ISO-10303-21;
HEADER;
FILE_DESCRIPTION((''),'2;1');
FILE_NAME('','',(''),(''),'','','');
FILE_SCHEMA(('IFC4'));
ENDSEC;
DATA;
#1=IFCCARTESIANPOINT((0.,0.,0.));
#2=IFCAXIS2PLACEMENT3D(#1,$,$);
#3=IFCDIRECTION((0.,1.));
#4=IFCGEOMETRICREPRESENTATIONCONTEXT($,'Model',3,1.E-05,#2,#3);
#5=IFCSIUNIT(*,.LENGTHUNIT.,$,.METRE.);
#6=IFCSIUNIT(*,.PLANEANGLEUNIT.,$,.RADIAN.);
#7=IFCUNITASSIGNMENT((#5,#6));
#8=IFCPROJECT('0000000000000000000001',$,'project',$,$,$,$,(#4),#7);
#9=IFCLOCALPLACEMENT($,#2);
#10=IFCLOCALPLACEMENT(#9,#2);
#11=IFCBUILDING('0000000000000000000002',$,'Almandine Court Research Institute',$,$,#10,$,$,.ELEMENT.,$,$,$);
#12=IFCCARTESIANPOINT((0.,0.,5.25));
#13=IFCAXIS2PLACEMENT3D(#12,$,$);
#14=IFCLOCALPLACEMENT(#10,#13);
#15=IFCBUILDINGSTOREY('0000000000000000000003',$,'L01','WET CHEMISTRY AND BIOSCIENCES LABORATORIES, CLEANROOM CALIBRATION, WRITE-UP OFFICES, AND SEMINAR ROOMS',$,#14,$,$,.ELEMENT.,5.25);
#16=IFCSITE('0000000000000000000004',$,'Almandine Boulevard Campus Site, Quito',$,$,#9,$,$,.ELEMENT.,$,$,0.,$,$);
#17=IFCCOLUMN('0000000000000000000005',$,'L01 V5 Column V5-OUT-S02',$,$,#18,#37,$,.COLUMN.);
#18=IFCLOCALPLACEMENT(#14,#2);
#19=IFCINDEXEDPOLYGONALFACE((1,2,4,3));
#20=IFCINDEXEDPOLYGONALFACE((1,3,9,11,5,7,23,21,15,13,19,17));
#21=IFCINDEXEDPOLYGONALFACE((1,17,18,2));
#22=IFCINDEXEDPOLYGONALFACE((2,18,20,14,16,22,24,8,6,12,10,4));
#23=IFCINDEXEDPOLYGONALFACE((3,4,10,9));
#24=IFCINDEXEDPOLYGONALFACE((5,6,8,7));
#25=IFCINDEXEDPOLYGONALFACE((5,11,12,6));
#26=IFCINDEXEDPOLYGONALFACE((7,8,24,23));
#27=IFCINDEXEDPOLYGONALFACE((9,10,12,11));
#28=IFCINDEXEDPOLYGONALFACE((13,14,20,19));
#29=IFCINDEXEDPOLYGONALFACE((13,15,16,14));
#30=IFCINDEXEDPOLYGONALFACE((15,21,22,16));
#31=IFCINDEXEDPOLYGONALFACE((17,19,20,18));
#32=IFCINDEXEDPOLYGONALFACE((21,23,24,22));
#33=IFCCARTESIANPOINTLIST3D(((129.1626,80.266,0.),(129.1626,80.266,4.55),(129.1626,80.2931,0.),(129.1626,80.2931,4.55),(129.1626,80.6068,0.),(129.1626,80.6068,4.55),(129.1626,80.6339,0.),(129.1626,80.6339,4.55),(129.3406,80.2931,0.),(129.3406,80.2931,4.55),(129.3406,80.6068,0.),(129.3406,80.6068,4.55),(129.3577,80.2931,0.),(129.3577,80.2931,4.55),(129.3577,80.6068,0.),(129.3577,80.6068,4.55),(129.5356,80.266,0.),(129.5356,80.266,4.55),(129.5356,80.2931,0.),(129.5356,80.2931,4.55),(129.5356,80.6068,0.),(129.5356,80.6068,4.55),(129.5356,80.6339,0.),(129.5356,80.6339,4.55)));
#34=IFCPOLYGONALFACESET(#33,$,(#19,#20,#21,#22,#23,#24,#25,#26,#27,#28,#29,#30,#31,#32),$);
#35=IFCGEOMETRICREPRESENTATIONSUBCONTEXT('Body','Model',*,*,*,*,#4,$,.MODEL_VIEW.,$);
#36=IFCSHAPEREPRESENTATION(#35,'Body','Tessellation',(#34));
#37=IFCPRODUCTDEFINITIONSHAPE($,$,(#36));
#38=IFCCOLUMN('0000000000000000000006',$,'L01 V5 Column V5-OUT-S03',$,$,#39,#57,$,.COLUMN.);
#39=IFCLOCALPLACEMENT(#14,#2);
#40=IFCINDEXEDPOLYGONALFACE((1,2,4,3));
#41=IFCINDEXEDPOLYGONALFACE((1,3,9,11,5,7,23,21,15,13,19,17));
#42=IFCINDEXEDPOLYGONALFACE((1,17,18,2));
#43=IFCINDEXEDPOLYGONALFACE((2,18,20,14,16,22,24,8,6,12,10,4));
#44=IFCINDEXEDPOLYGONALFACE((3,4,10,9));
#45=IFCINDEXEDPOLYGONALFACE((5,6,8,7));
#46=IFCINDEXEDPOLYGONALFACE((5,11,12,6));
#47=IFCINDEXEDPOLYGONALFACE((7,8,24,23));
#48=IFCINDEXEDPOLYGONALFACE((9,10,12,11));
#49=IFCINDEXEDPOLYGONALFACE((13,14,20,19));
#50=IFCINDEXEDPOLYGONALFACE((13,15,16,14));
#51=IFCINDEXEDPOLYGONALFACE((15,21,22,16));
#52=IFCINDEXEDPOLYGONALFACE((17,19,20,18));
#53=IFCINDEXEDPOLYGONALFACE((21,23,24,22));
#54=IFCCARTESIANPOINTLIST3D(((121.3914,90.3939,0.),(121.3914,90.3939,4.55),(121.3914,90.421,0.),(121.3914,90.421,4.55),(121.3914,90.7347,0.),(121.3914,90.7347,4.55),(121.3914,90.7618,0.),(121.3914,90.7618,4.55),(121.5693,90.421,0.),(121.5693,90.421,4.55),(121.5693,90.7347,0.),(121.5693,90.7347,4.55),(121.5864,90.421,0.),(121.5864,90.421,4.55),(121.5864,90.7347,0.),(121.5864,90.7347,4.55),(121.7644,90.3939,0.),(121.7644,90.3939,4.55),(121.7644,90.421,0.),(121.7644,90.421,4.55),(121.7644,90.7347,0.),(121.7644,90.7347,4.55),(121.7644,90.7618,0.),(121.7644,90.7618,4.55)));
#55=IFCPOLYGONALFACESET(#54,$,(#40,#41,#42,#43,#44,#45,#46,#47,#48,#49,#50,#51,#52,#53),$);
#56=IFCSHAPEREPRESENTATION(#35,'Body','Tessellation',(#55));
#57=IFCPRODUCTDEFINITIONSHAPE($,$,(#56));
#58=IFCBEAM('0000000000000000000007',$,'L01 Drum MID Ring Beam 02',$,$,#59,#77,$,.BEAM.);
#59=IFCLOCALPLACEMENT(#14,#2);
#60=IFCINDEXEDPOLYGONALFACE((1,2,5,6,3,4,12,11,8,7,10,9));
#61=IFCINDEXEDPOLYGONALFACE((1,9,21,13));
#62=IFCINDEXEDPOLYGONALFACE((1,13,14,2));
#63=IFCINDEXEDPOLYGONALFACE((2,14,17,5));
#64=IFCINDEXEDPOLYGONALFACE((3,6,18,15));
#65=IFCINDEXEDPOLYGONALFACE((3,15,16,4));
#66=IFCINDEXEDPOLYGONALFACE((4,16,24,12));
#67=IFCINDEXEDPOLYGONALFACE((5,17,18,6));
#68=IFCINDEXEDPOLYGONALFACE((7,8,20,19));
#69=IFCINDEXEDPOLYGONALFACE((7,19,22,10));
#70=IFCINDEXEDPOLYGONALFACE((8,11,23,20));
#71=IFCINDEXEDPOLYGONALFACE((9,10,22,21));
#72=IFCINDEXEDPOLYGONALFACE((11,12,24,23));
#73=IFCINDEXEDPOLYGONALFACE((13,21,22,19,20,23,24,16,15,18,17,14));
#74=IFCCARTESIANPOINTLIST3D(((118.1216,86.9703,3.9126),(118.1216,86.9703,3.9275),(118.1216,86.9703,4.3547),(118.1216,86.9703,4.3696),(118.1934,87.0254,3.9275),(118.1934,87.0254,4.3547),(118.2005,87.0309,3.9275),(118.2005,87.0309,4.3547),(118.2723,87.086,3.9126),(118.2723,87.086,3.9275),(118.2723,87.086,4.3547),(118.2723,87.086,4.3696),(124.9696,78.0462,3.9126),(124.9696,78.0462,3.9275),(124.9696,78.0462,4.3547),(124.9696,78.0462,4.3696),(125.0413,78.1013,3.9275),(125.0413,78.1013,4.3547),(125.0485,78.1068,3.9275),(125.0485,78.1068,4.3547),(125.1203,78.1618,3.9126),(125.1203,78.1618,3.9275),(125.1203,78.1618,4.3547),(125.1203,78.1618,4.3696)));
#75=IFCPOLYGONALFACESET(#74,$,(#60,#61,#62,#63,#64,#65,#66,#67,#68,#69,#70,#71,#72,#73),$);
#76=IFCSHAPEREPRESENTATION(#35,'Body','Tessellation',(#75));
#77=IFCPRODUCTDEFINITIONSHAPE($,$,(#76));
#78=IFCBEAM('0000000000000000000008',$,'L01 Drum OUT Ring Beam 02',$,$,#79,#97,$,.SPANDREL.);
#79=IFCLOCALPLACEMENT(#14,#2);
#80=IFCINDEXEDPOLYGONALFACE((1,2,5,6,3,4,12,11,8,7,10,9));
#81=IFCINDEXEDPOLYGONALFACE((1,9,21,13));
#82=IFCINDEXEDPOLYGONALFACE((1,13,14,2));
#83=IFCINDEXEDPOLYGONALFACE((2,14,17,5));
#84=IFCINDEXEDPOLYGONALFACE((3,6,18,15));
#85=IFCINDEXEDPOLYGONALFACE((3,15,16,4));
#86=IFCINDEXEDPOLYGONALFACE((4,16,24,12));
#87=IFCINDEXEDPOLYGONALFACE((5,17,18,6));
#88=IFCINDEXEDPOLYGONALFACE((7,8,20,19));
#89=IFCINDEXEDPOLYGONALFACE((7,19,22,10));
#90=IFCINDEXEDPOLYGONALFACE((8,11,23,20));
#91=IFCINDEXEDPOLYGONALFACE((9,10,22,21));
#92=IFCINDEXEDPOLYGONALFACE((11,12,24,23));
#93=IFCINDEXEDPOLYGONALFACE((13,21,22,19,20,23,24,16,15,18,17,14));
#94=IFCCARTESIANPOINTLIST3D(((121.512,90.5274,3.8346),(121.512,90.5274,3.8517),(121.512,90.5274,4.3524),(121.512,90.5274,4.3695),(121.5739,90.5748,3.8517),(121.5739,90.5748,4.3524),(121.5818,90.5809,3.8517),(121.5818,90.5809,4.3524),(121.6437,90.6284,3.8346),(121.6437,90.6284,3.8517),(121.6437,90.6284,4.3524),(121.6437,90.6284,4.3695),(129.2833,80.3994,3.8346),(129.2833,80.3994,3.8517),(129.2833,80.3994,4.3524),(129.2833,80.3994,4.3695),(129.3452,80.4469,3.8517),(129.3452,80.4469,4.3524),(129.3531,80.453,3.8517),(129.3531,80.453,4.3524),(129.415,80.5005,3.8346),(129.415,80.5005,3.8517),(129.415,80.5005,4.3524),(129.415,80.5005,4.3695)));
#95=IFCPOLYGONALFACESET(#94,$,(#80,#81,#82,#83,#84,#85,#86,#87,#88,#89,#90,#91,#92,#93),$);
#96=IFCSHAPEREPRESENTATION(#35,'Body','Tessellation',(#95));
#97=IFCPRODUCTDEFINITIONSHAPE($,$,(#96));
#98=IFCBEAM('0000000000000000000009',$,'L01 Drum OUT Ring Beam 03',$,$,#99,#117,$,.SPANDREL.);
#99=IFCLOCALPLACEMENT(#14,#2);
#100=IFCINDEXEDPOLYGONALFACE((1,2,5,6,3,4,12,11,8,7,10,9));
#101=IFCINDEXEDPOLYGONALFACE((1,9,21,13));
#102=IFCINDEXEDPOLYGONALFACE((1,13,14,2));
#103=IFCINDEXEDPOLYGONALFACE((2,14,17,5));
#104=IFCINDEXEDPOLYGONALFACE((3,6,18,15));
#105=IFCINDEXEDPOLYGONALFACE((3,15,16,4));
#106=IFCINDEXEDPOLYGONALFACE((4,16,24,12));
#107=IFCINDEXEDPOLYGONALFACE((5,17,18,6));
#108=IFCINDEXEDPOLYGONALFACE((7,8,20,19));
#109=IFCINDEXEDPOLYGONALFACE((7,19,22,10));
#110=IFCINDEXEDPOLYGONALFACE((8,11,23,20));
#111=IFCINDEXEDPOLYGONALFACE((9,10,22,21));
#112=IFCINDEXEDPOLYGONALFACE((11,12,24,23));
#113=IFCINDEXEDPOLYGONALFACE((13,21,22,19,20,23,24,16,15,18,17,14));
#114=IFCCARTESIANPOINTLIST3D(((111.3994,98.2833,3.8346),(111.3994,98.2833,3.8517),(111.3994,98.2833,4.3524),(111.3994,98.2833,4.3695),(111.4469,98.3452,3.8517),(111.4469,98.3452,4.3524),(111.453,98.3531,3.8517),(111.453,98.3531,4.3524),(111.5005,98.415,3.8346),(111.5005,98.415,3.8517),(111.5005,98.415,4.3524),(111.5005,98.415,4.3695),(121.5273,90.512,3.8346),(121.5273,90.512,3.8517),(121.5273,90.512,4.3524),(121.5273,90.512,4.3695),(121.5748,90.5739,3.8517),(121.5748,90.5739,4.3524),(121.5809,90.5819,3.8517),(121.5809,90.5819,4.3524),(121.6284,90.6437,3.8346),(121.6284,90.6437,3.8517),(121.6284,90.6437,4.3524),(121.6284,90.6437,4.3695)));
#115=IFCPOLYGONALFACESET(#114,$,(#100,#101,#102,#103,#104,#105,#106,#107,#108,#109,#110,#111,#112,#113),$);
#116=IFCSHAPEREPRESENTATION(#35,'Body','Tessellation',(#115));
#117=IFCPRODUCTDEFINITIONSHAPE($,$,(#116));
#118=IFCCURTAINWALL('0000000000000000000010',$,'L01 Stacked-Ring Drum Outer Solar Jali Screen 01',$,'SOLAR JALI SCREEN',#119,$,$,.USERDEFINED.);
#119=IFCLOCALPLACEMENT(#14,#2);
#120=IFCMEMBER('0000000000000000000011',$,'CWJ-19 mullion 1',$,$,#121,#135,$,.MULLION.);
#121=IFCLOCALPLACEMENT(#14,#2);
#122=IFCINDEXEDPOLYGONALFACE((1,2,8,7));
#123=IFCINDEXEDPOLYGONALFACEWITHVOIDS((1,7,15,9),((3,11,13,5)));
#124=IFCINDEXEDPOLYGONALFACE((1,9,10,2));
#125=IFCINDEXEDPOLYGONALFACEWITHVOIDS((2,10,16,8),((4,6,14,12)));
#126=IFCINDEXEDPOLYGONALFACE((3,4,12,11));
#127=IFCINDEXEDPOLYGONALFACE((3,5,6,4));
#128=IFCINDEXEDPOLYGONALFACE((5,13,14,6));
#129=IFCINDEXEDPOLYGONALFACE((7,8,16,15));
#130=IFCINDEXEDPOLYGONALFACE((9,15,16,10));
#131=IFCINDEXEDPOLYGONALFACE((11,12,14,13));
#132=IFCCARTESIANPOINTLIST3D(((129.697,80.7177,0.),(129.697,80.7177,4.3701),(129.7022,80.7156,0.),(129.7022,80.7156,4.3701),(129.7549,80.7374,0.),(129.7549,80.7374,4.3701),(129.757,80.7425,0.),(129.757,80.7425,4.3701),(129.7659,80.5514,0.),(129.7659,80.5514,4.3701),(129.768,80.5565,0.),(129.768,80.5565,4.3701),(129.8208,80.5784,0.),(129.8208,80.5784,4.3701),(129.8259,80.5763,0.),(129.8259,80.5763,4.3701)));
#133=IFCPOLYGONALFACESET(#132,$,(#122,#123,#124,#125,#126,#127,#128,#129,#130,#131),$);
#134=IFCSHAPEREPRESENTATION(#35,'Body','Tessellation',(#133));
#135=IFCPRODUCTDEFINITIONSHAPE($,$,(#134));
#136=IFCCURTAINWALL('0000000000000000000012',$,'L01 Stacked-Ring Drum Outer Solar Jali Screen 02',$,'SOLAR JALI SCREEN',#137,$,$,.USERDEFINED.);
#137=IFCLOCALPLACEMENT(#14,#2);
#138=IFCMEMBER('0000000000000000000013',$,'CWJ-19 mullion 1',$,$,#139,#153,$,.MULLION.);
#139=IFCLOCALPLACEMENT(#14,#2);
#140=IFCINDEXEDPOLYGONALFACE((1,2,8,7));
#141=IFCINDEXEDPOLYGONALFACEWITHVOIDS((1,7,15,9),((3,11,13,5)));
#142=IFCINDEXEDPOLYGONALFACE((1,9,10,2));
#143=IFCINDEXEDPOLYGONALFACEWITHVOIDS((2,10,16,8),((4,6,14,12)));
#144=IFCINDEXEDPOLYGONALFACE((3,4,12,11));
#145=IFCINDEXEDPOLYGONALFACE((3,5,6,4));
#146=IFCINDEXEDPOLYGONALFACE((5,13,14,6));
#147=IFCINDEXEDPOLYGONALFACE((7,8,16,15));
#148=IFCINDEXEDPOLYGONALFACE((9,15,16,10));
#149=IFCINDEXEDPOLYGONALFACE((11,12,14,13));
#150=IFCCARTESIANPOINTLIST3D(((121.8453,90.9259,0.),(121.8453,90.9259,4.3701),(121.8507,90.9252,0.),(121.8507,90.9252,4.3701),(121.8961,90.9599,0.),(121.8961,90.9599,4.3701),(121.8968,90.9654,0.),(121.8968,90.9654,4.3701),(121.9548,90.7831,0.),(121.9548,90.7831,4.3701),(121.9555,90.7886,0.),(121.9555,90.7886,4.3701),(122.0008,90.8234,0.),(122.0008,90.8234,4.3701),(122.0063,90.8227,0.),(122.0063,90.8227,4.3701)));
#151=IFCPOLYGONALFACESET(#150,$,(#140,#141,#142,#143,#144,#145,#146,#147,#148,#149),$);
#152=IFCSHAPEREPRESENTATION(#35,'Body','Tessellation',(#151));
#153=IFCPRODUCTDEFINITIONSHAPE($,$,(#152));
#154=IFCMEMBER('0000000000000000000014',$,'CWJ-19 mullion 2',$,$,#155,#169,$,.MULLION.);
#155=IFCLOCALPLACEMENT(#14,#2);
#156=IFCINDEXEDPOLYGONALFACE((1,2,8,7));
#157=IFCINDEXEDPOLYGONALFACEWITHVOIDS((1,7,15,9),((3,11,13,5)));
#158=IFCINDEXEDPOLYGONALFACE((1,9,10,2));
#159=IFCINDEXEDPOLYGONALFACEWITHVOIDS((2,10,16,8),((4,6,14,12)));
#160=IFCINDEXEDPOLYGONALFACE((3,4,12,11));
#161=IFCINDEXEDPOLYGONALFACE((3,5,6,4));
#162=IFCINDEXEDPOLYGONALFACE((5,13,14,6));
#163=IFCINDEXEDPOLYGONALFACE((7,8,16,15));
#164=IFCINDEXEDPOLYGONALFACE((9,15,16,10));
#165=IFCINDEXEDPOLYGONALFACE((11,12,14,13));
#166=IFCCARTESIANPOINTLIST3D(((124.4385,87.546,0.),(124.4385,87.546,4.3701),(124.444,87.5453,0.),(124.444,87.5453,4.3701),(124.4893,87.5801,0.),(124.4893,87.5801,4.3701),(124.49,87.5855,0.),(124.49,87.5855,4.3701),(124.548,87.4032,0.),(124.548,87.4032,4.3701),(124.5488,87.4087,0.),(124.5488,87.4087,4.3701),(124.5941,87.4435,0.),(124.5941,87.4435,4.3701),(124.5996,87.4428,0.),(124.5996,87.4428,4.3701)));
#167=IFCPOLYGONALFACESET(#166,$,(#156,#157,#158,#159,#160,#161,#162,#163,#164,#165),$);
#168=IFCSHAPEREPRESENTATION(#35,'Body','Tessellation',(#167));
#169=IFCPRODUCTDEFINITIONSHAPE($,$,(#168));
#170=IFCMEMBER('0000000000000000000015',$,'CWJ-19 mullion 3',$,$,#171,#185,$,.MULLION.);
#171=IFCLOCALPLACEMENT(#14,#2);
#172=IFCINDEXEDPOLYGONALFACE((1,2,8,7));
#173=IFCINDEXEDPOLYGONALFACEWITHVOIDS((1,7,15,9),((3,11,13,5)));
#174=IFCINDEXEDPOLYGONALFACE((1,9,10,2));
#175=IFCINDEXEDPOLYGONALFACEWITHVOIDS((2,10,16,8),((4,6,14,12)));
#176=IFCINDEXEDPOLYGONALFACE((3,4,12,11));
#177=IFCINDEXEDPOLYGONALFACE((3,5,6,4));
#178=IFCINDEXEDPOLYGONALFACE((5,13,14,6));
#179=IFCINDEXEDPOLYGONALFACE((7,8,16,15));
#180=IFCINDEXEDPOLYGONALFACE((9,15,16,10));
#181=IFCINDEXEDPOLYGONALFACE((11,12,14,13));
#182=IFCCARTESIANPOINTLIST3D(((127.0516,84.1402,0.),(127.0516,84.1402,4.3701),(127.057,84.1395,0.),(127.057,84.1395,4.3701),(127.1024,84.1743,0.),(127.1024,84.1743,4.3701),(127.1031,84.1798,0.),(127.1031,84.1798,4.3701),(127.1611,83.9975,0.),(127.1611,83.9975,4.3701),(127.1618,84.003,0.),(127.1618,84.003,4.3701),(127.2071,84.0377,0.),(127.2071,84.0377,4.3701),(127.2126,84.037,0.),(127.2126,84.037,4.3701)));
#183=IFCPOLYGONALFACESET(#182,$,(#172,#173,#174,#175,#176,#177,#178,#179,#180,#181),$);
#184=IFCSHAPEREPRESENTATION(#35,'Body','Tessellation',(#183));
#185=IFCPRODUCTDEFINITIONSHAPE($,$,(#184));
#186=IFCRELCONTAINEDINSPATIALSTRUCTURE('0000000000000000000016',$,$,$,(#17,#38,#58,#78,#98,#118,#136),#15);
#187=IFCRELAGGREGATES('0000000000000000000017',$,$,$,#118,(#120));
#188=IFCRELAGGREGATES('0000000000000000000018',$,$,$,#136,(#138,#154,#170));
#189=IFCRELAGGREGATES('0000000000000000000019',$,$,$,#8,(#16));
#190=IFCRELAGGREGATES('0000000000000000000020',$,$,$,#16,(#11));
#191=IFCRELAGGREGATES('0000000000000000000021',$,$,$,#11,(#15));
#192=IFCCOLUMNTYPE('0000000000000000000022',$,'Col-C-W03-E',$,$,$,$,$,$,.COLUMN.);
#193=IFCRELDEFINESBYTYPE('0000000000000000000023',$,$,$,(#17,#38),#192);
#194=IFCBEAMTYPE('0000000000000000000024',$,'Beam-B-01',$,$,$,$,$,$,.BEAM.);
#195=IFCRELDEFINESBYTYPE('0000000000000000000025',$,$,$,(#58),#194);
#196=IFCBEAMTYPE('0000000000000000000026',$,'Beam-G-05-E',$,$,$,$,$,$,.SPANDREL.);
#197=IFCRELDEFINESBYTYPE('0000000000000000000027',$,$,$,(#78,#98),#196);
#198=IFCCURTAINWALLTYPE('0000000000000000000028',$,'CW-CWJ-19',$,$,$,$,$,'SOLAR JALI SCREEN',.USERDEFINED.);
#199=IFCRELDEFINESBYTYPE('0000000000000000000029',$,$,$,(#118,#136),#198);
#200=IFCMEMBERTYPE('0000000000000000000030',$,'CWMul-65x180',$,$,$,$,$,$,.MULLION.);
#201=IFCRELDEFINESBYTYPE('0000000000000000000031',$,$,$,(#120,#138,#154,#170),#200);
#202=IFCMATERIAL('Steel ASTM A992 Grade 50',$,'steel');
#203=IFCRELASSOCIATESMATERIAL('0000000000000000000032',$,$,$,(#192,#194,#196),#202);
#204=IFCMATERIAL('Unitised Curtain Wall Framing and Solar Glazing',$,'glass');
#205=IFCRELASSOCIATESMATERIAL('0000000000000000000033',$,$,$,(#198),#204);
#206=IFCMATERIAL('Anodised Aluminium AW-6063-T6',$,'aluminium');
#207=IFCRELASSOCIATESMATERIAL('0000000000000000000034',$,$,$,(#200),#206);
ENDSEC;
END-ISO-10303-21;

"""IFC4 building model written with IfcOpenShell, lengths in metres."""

from ifc_helpers import new_model, si_unit, direction, frame, origin, origin_2d, place, context, subcontext, project, spatial, hollow_rectangle, i_section, extrude, material, material_profile, profile_set, type_object, element, aggregate, save


model = new_model("IFC4")

# Units and contexts
model_context = context("Model", 3, precision=1e-05, world=origin(), true_north=direction((0.0, 1.0)))
body_context = subcontext(model_context, "Body", "Model", "MODEL_VIEW")
ifc_project = project(units=[si_unit("LENGTHUNIT", "METRE"), si_unit("PLANEANGLEUNIT", "RADIAN")], contexts=[model_context])

# Site, building, storey
site_placement = place(None, origin())
site = spatial("IfcSite", under=ifc_project, at=site_placement, Name="Almandine Boulevard Campus Site, Quito", CompositionType="ELEMENT", RefElevation=0.0)
building_placement = place(site_placement, origin())
building = spatial("IfcBuilding", under=site, at=building_placement, Name="Almandine Court Research Institute", CompositionType="ELEMENT")
storey_placement = place(building_placement, frame((0.0, 0.0, 5.25)))
storey = spatial("IfcBuildingStorey", under=building, at=storey_placement, Name="L01", Description="WET CHEMISTRY AND BIOSCIENCES LABORATORIES, CLEANROOM CALIBRATION, WRITE-UP OFFICES, AND SEMINAR ROOMS", CompositionType="ELEMENT", Elevation=5.25)

# Columns
ifc_material_1 = material(Name="Steel ASTM A992 Grade 50", Category="steel")
ifc_material_profile_1 = material_profile(ifc_material_1, i_section(OverallWidth=0.373, OverallDepth=0.3679, WebThickness=0.0171, FlangeThickness=0.0271, at=origin_2d()), Name="W360x179")
ifc_profile_set_1 = profile_set([ifc_material_profile_1], Name="Steel ASTM A992 Grade 50")
column_type = type_object("IfcColumnType", Name="Col-C-W03-E", PredefinedType="COLUMN", material=ifc_profile_set_1)
for number, where, z_axis, x_axis, name in (
    (1, (129.3491, 80.45, 0.0), (0.0, 0.0, 1.0), (1.0, 0.0, 0.0), "L01 V5 Column V5-OUT-S02"),
    (2, (121.5779, 90.5779, 0.0), (0.0, 0.0, 1.0), (1.0, 0.0, 0.0), "L01 V5 Column V5-OUT-S03"),
):
    element("IfcColumn", number, at=place(storey_placement, frame(where, z_axis=z_axis, x_axis=x_axis)), inside=storey, type_object=column_type, Name=name, PredefinedType="COLUMN", context=body_context, shape_type="SweptSolid", body=[
        extrude(i_section(OverallWidth=0.373, OverallDepth=0.3679, WebThickness=0.0171, FlangeThickness=0.0271, at=origin_2d()), origin(), (0.0, 0.0, 1.0), 4.55),
    ])

# Beams
ifc_material_profile_2 = material_profile(ifc_material_1, i_section(OverallWidth=0.1899, OverallDepth=0.457, WebThickness=0.009, FlangeThickness=0.0149, at=origin_2d()), Name="W460x74")
ifc_profile_set_2 = profile_set([ifc_material_profile_2], Name="Steel ASTM A992 Grade 50")
beam_type_1 = type_object("IfcBeamType", Name="Beam-B-01", PredefinedType="BEAM", material=ifc_profile_set_2)
beam_placement = place(storey_placement, frame((125.0449, 78.104, 4.1411), z_axis=(-0.608774, 0.793344, 0.0), x_axis=(-0.793344, -0.608774, 0.0)))
element("IfcBeam", 3, at=beam_placement, inside=storey, type_object=beam_type_1, Name="L01 Drum MID Ring Beam 02", PredefinedType="BEAM", context=body_context, shape_type="SweptSolid", body=[
    extrude(i_section(OverallWidth=0.1899, OverallDepth=0.457, WebThickness=0.009, FlangeThickness=0.0149, at=origin_2d()), origin(), (0.0, 0.0, 1.0), 11.2488),
])
ifc_material_profile_3 = material_profile(ifc_material_1, i_section(OverallWidth=0.166, OverallDepth=0.5349, WebThickness=0.01, FlangeThickness=0.0171, at=origin_2d()), Name="W530x85")
ifc_profile_set_3 = profile_set([ifc_material_profile_3], Name="Steel ASTM A992 Grade 50")
beam_type_2 = type_object("IfcBeamType", Name="Beam-G-05-E", PredefinedType="SPANDREL", material=ifc_profile_set_3)
for number, where, z_axis, x_axis, name in (
    (4, (129.3491, 80.45, 4.1021), (-0.608752, 0.793361, 0.0), (-0.793361, -0.608752, 0.0), "L01 Drum OUT Ring Beam 02"),
    (5, (121.5779, 90.5779, 4.1021), (-0.793361, 0.608752, 0.0), (-0.608752, -0.793361, 0.0), "L01 Drum OUT Ring Beam 03"),
):
    element("IfcBeam", number, at=place(storey_placement, frame(where, z_axis=z_axis, x_axis=x_axis)), inside=storey, type_object=beam_type_2, Name=name, PredefinedType="SPANDREL", context=body_context, shape_type="SweptSolid", body=[
        extrude(i_section(OverallWidth=0.166, OverallDepth=0.5349, WebThickness=0.01, FlangeThickness=0.0171, at=origin_2d()), origin(), (0.0, 0.0, 1.0), 12.7659),
    ])

# Curtain wall, member
ifc_material_2 = material(Name="Unitised Curtain Wall Framing and Solar Glazing", Category="glass")
curtain_wall_type = type_object("IfcCurtainWallType", Name="CW-CWJ-19", ElementType="SOLAR JALI SCREEN", PredefinedType="USERDEFINED", material=ifc_material_2)
curtain_wall_1_placement = place(storey_placement, origin())
curtain_wall_1 = element("IfcCurtainWall", 6, at=curtain_wall_1_placement, inside=storey, type_object=curtain_wall_type, Name="L01 Stacked-Ring Drum Outer Solar Jali Screen 01", ObjectType="SOLAR JALI SCREEN", PredefinedType="USERDEFINED")
ifc_material_3 = material(Name="Anodised Aluminium AW-6063-T6", Category="aluminium")
ifc_material_profile_4 = material_profile(ifc_material_3, hollow_rectangle(XDim=0.0649, YDim=0.1799, WallThickness=0.0039, at=origin_2d()), Name="ALU RHS 65x180x4")
ifc_profile_set_4 = profile_set([ifc_material_profile_4], Name="Anodised Aluminium AW-6063-T6")
member_type_1 = type_object("IfcMemberType", Name="CWMul-65x180", PredefinedType="MULLION", material=ifc_profile_set_4)
member_1_placement = place(storey_placement, frame((129.7615, 80.647, 0.0), z_axis=(0.0, 0.0, 1.0), x_axis=(0.923888, 0.382663, 0.0)))
member_1 = element("IfcMember", 7, at=member_1_placement, type_object=member_type_1, Name="CWJ-19 mullion 1", PredefinedType="MULLION", context=body_context, shape_type="SweptSolid", body=[
    extrude(hollow_rectangle(XDim=0.0649, YDim=0.1799, WallThickness=0.0039, at=origin_2d()), origin(), (0.0, 0.0, 1.0), 4.3701),
])

# Curtain wall, members
curtain_wall_2_placement = place(storey_placement, origin())
curtain_wall_2 = element("IfcCurtainWall", 8, at=curtain_wall_2_placement, inside=storey, type_object=curtain_wall_type, Name="L01 Stacked-Ring Drum Outer Solar Jali Screen 02", ObjectType="SOLAR JALI SCREEN", PredefinedType="USERDEFINED")
member_2_placement = place(storey_placement, frame((121.9258, 90.8743, 0.0), z_axis=(0.0, 0.0, 1.0), x_axis=(0.793383, 0.608723, 0.0)))
member_2 = element("IfcMember", 9, at=member_2_placement, type_object=member_type_1, Name="CWJ-19 mullion 1", PredefinedType="MULLION", context=body_context, shape_type="SweptSolid", body=[
    extrude(hollow_rectangle(XDim=0.0649, YDim=0.1799, WallThickness=0.0039, at=origin_2d()), origin(), (0.0, 0.0, 1.0), 4.3701),
])
member_3_placement = place(storey_placement, frame((124.519, 87.4944, 0.0), z_axis=(0.0, 0.0, 1.0), x_axis=(0.793383, 0.608723, 0.0)))
member_3 = element("IfcMember", 10, at=member_3_placement, type_object=member_type_1, Name="CWJ-19 mullion 2", PredefinedType="MULLION", context=body_context, shape_type="SweptSolid", body=[
    extrude(hollow_rectangle(XDim=0.0649, YDim=0.1799, WallThickness=0.0039, at=origin_2d()), origin(), (0.0, 0.0, 1.0), 4.3701),
])
member_4_placement = place(storey_placement, frame((127.1321, 84.0886, 0.0), z_axis=(0.0, 0.0, 1.0), x_axis=(0.793383, 0.608723, 0.0)))
member_4 = element("IfcMember", 11, at=member_4_placement, type_object=member_type_1, Name="CWJ-19 mullion 3", PredefinedType="MULLION", context=body_context, shape_type="SweptSolid", body=[
    extrude(hollow_rectangle(XDim=0.0649, YDim=0.1799, WallThickness=0.0039, at=origin_2d()), origin(), (0.0, 0.0, 1.0), 4.3701),
])

aggregate(curtain_wall_1, [member_1])

aggregate(curtain_wall_2, [member_2, member_3, member_4])

save(model, "model.ifc")
